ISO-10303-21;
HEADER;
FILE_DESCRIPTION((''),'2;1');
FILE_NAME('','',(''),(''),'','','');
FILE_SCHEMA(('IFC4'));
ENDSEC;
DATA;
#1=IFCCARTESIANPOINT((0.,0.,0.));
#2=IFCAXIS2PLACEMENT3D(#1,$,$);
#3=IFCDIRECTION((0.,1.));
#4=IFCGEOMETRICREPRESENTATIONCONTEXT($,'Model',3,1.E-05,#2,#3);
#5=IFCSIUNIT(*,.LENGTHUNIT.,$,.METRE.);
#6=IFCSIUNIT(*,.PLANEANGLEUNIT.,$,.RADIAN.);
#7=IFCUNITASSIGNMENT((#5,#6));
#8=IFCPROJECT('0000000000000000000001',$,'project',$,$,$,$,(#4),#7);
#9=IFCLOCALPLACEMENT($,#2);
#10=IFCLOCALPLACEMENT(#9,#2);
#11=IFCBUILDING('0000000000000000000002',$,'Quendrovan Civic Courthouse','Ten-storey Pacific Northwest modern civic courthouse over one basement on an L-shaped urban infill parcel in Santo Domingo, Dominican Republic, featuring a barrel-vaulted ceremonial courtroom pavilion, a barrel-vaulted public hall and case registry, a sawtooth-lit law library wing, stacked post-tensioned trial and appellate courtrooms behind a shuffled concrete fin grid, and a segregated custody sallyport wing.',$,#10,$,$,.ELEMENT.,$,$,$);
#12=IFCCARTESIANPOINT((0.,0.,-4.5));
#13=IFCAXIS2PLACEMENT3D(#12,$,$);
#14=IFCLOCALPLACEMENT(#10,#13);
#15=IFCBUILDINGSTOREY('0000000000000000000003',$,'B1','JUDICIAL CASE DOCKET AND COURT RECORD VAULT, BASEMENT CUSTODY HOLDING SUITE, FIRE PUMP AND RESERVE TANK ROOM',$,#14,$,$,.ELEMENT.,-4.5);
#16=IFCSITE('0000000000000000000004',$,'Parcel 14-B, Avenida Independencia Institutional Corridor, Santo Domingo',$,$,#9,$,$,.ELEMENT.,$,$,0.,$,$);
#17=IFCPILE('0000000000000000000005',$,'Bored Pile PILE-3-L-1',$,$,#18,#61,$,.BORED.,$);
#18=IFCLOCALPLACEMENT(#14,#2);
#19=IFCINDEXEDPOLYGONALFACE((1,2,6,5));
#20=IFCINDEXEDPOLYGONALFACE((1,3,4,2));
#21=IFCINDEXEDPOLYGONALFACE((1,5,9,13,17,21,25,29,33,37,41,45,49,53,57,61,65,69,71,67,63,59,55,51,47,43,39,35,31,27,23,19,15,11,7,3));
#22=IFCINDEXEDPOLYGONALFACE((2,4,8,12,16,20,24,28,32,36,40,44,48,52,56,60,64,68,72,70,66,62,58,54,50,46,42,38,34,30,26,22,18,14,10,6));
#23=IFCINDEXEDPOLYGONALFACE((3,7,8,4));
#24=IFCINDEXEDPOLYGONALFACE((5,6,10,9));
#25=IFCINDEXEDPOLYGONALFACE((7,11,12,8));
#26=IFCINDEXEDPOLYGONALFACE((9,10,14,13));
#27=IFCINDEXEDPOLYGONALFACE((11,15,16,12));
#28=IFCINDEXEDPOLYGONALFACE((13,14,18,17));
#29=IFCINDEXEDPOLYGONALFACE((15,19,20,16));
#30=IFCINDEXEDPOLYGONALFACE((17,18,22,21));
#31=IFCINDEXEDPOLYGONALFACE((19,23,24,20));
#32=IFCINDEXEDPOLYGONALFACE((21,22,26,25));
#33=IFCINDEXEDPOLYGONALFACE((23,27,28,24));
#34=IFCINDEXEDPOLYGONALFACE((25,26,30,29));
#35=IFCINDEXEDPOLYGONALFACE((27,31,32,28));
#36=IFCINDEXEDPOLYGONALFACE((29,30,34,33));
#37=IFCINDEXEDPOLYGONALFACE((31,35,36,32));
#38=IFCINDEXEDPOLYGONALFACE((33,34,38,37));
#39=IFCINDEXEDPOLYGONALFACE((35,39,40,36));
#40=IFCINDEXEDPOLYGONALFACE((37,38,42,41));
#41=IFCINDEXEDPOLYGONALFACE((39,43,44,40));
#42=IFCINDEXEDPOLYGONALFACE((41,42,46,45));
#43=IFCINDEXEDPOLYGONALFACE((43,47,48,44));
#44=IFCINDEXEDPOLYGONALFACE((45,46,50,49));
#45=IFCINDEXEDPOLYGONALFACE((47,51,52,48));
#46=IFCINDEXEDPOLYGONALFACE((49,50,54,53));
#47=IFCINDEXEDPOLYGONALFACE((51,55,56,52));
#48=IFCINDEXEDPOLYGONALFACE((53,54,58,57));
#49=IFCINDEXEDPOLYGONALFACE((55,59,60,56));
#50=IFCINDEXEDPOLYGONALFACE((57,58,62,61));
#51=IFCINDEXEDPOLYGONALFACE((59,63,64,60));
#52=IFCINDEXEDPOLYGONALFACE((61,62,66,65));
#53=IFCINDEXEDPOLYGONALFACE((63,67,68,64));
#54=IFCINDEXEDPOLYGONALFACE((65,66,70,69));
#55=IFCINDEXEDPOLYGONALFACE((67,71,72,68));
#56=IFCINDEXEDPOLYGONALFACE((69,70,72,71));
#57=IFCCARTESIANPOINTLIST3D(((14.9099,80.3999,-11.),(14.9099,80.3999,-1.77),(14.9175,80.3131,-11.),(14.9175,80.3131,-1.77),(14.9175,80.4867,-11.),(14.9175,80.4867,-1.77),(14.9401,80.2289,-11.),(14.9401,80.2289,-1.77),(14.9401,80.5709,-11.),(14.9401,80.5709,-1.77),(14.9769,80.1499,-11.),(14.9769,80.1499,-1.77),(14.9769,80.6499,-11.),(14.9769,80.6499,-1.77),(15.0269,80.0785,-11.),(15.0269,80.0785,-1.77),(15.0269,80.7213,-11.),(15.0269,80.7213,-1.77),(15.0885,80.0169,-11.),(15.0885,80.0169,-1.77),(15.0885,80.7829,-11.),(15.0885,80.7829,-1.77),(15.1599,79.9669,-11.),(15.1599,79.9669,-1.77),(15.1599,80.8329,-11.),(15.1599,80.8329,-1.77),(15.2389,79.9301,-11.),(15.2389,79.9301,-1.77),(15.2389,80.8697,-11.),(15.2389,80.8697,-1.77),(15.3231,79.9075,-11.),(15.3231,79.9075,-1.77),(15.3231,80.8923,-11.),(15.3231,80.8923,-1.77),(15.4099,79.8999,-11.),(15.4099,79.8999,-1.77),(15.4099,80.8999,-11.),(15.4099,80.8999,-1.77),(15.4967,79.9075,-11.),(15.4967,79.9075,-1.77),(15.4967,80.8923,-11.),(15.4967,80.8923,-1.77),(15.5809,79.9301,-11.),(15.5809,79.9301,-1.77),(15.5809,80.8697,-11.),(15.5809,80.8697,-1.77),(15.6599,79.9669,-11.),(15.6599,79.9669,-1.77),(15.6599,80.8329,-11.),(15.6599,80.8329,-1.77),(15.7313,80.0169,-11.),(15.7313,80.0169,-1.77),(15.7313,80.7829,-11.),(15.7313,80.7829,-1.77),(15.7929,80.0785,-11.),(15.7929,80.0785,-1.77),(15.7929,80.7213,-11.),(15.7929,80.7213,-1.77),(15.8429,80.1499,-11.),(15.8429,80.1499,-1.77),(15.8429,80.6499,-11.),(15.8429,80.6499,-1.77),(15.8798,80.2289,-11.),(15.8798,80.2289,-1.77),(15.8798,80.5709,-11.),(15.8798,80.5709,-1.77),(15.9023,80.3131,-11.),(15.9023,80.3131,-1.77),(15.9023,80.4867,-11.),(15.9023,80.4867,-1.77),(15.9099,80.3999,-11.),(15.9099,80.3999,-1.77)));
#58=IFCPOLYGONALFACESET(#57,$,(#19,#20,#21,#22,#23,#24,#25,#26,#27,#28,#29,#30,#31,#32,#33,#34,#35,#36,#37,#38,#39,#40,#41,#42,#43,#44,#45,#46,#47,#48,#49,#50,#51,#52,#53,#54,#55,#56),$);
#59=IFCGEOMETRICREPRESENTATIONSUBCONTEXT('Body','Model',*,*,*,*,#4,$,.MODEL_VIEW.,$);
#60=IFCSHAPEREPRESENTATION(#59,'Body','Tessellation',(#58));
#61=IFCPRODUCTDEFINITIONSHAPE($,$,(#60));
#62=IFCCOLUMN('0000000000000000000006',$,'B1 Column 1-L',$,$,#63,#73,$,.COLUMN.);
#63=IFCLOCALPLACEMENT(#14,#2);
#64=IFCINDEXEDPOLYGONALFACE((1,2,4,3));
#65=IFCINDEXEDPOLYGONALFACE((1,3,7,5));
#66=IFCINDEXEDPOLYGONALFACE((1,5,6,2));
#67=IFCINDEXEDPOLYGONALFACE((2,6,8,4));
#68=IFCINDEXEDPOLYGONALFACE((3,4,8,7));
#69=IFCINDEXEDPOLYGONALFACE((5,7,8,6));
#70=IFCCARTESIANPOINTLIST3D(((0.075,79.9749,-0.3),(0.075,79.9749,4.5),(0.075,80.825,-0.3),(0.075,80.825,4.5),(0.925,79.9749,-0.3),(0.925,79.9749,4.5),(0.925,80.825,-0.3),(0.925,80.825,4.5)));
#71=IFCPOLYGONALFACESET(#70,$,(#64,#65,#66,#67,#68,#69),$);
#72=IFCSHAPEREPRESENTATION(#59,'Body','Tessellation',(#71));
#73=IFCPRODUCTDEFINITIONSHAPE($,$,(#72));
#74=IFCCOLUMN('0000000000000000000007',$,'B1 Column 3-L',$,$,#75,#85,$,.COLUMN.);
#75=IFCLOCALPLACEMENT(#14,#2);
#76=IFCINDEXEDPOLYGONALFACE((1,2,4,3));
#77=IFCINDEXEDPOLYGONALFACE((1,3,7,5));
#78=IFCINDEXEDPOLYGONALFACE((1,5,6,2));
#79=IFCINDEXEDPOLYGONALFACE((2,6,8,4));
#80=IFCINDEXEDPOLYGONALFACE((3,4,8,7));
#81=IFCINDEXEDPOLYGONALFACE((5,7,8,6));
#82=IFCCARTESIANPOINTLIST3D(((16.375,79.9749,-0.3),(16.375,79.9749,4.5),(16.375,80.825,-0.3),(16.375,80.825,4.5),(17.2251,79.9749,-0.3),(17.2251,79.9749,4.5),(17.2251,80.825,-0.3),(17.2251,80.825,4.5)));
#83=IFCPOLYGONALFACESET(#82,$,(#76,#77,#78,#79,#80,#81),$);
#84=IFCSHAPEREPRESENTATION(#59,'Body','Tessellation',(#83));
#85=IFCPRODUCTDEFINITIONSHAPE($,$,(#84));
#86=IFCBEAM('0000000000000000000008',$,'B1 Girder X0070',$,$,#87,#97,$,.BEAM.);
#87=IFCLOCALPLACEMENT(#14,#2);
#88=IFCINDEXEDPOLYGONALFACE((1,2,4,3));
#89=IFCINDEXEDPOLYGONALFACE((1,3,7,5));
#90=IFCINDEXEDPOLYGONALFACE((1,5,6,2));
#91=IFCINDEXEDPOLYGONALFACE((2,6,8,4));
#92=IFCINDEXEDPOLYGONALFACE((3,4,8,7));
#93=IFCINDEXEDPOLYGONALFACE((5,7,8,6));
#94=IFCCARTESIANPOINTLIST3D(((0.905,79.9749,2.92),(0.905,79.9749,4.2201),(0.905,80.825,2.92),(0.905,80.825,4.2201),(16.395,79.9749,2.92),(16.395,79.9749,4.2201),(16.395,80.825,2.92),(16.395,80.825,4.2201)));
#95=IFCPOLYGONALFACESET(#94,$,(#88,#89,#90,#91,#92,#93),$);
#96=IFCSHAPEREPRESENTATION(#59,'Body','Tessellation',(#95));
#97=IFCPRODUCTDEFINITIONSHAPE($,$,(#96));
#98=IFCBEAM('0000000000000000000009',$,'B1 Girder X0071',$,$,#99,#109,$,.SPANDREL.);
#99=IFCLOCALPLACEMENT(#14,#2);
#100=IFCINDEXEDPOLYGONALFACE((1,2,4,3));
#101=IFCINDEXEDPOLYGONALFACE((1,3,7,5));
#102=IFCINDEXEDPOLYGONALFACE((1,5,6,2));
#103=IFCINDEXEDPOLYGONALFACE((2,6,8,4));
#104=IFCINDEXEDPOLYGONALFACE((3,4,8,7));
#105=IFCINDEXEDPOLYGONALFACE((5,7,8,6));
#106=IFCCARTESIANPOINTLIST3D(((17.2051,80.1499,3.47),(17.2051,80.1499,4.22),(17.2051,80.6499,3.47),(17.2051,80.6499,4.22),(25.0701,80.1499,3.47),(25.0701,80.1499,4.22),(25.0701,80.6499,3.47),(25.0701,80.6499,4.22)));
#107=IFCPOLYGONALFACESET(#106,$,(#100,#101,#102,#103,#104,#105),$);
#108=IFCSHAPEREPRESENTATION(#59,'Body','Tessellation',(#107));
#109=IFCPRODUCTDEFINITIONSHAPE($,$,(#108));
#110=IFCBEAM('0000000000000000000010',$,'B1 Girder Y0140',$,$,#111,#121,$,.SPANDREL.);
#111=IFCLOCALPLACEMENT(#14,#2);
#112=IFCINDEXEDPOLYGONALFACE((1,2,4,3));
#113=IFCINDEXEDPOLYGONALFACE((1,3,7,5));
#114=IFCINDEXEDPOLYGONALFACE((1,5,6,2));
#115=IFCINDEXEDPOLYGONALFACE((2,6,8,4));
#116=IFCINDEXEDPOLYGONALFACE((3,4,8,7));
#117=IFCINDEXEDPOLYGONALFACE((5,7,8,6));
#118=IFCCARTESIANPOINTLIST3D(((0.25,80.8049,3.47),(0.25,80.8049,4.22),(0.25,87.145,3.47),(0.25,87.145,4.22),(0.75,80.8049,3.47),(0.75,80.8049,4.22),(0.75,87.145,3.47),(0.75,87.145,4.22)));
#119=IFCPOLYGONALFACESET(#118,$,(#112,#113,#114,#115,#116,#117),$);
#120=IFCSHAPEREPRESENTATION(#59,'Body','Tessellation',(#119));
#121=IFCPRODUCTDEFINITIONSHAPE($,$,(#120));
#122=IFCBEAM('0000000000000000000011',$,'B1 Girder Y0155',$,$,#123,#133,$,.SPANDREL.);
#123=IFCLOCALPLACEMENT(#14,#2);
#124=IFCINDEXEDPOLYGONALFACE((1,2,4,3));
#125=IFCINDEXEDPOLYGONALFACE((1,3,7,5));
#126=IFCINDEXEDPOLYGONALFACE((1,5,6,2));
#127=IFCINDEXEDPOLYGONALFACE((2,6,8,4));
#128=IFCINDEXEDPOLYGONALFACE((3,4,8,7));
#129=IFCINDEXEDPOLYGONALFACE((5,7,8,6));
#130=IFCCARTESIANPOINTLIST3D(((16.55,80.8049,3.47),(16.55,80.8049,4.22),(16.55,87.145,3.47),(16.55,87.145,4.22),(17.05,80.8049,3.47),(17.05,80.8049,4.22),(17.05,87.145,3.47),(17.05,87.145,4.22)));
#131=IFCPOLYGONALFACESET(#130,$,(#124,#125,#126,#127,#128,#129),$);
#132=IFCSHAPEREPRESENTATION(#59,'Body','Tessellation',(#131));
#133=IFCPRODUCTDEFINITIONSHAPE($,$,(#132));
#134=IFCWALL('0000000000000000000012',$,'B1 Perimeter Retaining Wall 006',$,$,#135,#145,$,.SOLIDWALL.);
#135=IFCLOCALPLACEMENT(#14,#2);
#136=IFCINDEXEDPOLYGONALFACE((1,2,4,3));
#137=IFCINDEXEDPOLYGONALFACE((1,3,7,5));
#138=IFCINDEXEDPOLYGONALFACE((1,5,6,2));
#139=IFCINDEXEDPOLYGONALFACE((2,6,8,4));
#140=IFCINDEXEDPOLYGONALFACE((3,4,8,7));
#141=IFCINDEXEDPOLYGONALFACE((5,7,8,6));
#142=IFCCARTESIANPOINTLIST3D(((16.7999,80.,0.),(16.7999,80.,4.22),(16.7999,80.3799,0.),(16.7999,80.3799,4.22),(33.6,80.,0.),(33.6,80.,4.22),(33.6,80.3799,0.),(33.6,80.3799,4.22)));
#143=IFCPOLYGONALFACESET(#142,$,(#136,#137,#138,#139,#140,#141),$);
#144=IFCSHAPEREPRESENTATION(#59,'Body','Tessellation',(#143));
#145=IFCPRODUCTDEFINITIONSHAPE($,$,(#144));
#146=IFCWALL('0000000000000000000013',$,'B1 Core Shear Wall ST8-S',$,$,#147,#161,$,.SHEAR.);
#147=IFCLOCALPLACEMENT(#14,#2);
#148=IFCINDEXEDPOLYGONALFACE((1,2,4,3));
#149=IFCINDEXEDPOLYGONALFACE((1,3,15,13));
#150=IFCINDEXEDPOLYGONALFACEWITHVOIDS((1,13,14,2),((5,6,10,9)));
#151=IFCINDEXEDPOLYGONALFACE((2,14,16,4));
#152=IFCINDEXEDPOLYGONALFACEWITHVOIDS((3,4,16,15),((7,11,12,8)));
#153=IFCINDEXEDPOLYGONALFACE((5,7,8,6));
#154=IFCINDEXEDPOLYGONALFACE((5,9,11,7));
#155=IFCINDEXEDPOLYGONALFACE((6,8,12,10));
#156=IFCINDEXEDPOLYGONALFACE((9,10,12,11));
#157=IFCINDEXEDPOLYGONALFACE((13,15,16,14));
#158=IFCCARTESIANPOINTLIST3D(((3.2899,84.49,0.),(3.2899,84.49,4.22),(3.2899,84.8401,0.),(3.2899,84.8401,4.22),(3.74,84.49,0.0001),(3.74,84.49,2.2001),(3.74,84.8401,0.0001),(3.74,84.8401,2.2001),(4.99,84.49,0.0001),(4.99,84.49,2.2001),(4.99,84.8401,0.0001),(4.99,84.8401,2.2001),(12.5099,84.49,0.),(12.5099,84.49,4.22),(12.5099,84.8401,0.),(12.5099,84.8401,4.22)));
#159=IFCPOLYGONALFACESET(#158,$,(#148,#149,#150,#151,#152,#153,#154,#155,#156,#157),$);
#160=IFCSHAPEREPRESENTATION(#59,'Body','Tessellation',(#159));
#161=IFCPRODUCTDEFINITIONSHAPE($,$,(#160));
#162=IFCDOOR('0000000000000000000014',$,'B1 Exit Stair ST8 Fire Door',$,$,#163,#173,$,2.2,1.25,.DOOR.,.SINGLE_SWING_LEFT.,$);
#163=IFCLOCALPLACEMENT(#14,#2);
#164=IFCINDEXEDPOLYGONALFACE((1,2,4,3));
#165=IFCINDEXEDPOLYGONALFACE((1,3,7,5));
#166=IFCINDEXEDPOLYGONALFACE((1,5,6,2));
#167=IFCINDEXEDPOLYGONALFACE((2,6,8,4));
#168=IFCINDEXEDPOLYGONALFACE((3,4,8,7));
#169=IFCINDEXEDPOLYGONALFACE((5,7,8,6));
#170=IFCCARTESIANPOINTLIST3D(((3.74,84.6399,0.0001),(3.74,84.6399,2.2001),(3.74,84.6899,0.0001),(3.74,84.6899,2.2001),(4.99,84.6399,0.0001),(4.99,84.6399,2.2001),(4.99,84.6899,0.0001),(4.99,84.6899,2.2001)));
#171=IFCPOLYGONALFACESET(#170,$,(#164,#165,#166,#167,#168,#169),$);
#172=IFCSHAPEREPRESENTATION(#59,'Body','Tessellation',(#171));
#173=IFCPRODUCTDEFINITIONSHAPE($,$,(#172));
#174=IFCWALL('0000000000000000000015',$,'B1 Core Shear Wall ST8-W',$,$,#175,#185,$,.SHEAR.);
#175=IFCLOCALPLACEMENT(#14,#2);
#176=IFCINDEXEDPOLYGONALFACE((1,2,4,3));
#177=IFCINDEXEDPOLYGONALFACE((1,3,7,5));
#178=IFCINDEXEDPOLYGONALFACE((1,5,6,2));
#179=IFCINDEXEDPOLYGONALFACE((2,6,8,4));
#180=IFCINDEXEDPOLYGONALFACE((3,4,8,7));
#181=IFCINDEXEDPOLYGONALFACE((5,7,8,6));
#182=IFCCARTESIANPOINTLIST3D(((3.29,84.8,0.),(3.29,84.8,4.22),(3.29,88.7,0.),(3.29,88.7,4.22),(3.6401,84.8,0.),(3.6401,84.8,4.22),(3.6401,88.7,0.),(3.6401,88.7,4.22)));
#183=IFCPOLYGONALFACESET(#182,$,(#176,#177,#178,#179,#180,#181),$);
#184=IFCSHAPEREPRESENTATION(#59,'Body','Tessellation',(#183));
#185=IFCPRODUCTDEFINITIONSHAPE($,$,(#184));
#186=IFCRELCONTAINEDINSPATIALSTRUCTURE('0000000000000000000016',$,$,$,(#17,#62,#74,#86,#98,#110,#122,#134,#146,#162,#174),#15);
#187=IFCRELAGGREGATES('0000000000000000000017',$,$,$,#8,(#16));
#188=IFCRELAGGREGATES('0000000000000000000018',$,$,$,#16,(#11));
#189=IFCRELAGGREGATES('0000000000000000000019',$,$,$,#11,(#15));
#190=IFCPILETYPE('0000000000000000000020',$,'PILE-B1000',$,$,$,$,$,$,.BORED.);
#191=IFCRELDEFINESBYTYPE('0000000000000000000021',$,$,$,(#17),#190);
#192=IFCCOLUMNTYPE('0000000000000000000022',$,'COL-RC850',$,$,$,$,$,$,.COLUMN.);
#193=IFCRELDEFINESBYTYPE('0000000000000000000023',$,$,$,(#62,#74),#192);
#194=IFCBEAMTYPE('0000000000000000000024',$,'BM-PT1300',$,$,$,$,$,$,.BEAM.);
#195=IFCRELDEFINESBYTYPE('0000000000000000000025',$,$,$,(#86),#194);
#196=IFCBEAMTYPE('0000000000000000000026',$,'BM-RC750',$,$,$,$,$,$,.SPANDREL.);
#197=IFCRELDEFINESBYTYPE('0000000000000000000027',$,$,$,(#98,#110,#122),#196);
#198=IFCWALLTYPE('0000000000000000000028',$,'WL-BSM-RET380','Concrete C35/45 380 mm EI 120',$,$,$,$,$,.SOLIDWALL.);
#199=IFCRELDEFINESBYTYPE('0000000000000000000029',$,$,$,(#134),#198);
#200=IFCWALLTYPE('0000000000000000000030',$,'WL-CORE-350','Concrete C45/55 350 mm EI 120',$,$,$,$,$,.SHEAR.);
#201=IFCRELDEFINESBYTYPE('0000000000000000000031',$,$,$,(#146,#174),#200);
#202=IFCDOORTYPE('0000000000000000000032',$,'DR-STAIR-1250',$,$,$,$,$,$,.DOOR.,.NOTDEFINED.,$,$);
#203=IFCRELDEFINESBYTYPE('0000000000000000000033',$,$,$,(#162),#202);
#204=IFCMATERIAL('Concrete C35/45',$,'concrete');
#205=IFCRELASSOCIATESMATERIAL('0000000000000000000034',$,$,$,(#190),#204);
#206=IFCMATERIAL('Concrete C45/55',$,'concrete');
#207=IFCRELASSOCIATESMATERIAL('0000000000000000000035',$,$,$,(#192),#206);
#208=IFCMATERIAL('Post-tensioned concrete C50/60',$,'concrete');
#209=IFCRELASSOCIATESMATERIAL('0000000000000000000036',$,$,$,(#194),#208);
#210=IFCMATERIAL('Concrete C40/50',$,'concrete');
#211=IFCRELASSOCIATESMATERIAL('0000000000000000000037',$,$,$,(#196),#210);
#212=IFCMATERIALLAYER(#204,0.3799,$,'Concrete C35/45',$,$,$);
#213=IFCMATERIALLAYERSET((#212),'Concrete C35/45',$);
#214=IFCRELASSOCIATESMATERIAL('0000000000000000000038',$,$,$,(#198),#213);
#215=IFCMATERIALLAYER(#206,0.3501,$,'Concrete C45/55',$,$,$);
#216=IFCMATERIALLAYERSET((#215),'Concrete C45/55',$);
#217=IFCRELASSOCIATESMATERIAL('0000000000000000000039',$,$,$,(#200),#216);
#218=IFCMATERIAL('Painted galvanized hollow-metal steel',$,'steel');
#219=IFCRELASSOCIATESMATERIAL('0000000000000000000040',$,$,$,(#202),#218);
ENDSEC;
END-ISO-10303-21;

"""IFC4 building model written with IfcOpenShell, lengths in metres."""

from ifc_helpers import new_model, si_unit, direction, frame, frame_2d, origin, origin_2d, place, context, subcontext, project, spatial, rectangle, circle, extrude, material, layer, layer_set, material_profile, profile_set, type_object, element, fill, save


model = new_model("IFC4")

# Units and contexts
model_context = context("Model", 3, precision=1e-05, world=origin(), true_north=direction((0.0, 1.0)))
body_context = subcontext(model_context, "Body", "Model", "MODEL_VIEW")
ifc_project = project(units=[si_unit("LENGTHUNIT", "METRE"), si_unit("PLANEANGLEUNIT", "RADIAN")], contexts=[model_context])

# Site, building, storey
site_placement = place(None, origin())
site = spatial("IfcSite", under=ifc_project, at=site_placement, Name="Parcel 14-B, Avenida Independencia Institutional Corridor, Santo Domingo", CompositionType="ELEMENT", RefElevation=0.0)
building_placement = place(site_placement, origin())
building = spatial("IfcBuilding", under=site, at=building_placement, Name="Quendrovan Civic Courthouse", Description="Ten-storey Pacific Northwest modern civic courthouse over one basement on an L-shaped urban infill parcel in Santo Domingo, Dominican Republic, featuring a barrel-vaulted ceremonial courtroom pavilion, a barrel-vaulted public hall and case registry, a sawtooth-lit law library wing, stacked post-tensioned trial and appellate courtrooms behind a shuffled concrete fin grid, and a segregated custody sallyport wing.", CompositionType="ELEMENT")
storey_placement = place(building_placement, frame((0.0, 0.0, -4.5)))
storey = spatial("IfcBuildingStorey", under=building, at=storey_placement, Name="B1", Description="JUDICIAL CASE DOCKET AND COURT RECORD VAULT, BASEMENT CUSTODY HOLDING SUITE, FIRE PUMP AND RESERVE TANK ROOM", CompositionType="ELEMENT", Elevation=-4.5)

# Shared definitions
ifc_material_1 = material(Name="Concrete C35/45", Category="concrete")

# Pile
ifc_material_profile_1 = material_profile(ifc_material_1, circle(Radius=0.5, at=origin_2d()), Name="PILE-D1000")
ifc_profile_set_1 = profile_set([ifc_material_profile_1], Name="Concrete C35/45")
pile_type = type_object("IfcPileType", Name="PILE-B1000", PredefinedType="BORED", material=ifc_profile_set_1)
pile_placement = place(storey_placement, frame((15.4099, 80.3999, -1.77), z_axis=(0.0, 0.0, -1.0), x_axis=(1.0, 0.0, 0.0)))
element("IfcPile", 1, at=pile_placement, inside=storey, type_object=pile_type, Name="Bored Pile PILE-3-L-1", PredefinedType="BORED", context=body_context, shape_type="SweptSolid", body=[
    extrude(circle(Radius=0.5, at=origin_2d()), origin(), (0.0, 0.0, 1.0), 9.23),
])

# Columns
ifc_material_2 = material(Name="Concrete C45/55", Category="concrete")
ifc_material_profile_2 = material_profile(ifc_material_2, rectangle(XDim=0.8501, YDim=0.8501, at=origin_2d()), Name="RC-COL-850x850")
ifc_profile_set_2 = profile_set([ifc_material_profile_2], Name="Concrete C45/55")
column_type = type_object("IfcColumnType", Name="COL-RC850", PredefinedType="COLUMN", material=ifc_profile_set_2)
for number, where, z_axis, x_axis, name in (
    (2, (0.5, 80.3999, -0.3), (0.0, 0.0, 1.0), (1.0, 0.0, 0.0), "B1 Column 1-L"),
    (3, (16.8, 80.3999, -0.3), (0.0, 0.0, 1.0), (1.0, 0.0, 0.0), "B1 Column 3-L"),
):
    element("IfcColumn", number, at=place(storey_placement, frame(where, z_axis=z_axis, x_axis=x_axis)), inside=storey, type_object=column_type, Name=name, PredefinedType="COLUMN", context=body_context, shape_type="SweptSolid", body=[
        extrude(rectangle(XDim=0.8501, YDim=0.8501, at=origin_2d()), origin(), (0.0, 0.0, 1.0), 4.8),
    ])

# Beams
ifc_material_3 = material(Name="Post-tensioned concrete C50/60", Category="concrete")
ifc_material_profile_3 = material_profile(ifc_material_3, rectangle(XDim=0.8501, YDim=1.3, at=origin_2d()), Name="PT-GRD-850x1300")
ifc_profile_set_3 = profile_set([ifc_material_profile_3], Name="Post-tensioned concrete C50/60")
beam_type_1 = type_object("IfcBeamType", Name="BM-PT1300", PredefinedType="BEAM", material=ifc_profile_set_3)
beam_1_placement = place(storey_placement, frame((0.905, 80.3999, 3.5701), z_axis=(1.0, 0.0, 0.0), x_axis=(0.0, 1.0, 0.0)))
element("IfcBeam", 4, at=beam_1_placement, inside=storey, type_object=beam_type_1, Name="B1 Girder X0070", PredefinedType="BEAM", context=body_context, shape_type="SweptSolid", body=[
    extrude(rectangle(XDim=0.8501, YDim=1.3, at=origin_2d()), origin(), (0.0, 0.0, 1.0), 15.49),
])
ifc_material_4 = material(Name="Concrete C40/50", Category="concrete")
ifc_material_profile_4 = material_profile(ifc_material_4, rectangle(XDim=0.5, YDim=0.75, at=origin_2d()), Name="RC-BM-500x750")
ifc_profile_set_4 = profile_set([ifc_material_profile_4], Name="Concrete C40/50")
beam_type_2 = type_object("IfcBeamType", Name="BM-RC750", PredefinedType="SPANDREL", material=ifc_profile_set_4)
beam_2_placement = place(storey_placement, frame((17.2051, 80.3999, 3.845), z_axis=(1.0, 0.0, 0.0), x_axis=(0.0, 1.0, 0.0)))
element("IfcBeam", 5, at=beam_2_placement, inside=storey, type_object=beam_type_2, Name="B1 Girder X0071", PredefinedType="SPANDREL", context=body_context, shape_type="SweptSolid", body=[
    extrude(rectangle(XDim=0.5, YDim=0.75, at=origin_2d()), origin(), (0.0, 0.0, 1.0), 7.865),
])
for number, where, z_axis, x_axis, name in (
    (6, (0.5, 80.8049, 3.845), (0.0, 1.0, 0.0), (-1.0, 0.0, 0.0), "B1 Girder Y0140"),
    (7, (16.8, 80.8049, 3.845), (0.0, 1.0, 0.0), (-1.0, 0.0, 0.0), "B1 Girder Y0155"),
):
    element("IfcBeam", number, at=place(storey_placement, frame(where, z_axis=z_axis, x_axis=x_axis)), inside=storey, type_object=beam_type_2, Name=name, PredefinedType="SPANDREL", context=body_context, shape_type="SweptSolid", body=[
        extrude(rectangle(XDim=0.5, YDim=0.75, at=origin_2d()), origin(), (0.0, 0.0, 1.0), 6.3401),
    ])

# Wall
ifc_layer_1 = layer(ifc_material_1, 0.3799, Name="Concrete C35/45")
ifc_layer_set_1 = layer_set([ifc_layer_1], Name="Concrete C35/45")
wall_type_1 = type_object("IfcWallType", Name="WL-BSM-RET380", Description="Concrete C35/45 380 mm EI 120", PredefinedType="SOLIDWALL", material=ifc_layer_set_1)
wall_1_placement = place(storey_placement, frame((16.8, 80.1899, 0.0), z_axis=(0.0, 0.0, 1.0), x_axis=(1.0, 0.0, 0.0)))
element("IfcWall", 8, at=wall_1_placement, inside=storey, type_object=wall_type_1, Name="B1 Perimeter Retaining Wall 006", PredefinedType="SOLIDWALL", context=body_context, shape_type="SweptSolid", body=[
    extrude(rectangle(XDim=16.8, YDim=0.3799, at=frame_2d((8.3999, 0.0))), origin(), (0.0, 0.0, 1.0), 4.22),
])

# Wall, opening, door
ifc_layer_2 = layer(ifc_material_2, 0.3501, Name="Concrete C45/55")
ifc_layer_set_2 = layer_set([ifc_layer_2], Name="Concrete C45/55")
wall_type_2 = type_object("IfcWallType", Name="WL-CORE-350", Description="Concrete C45/55 350 mm EI 120", PredefinedType="SHEAR", material=ifc_layer_set_2)
wall_2_placement = place(storey_placement, frame((3.29, 84.665, 0.0), z_axis=(0.0, 0.0, 1.0), x_axis=(1.0, 0.0, 0.0)))
wall_2 = element("IfcWall", 9, at=wall_2_placement, inside=storey, type_object=wall_type_2, Name="B1 Core Shear Wall ST8-S", PredefinedType="SHEAR", context=body_context, shape_type="SweptSolid", body=[
    extrude(rectangle(XDim=9.22, YDim=0.3501, at=frame_2d((4.6099, 0.0))), origin(), (0.0, 0.0, 1.0), 4.22),
])
opening_1_placement = place(wall_2_placement, frame((0.45, 0.0, 0.0)))
opening_1 = element("IfcOpeningElement", 10, at=opening_1_placement, cuts=wall_2, PredefinedType="OPENING", context=body_context, shape_type="SweptSolid", body=[
    extrude(rectangle(XDim=1.25, YDim=2.2, at=frame_2d((0.625, 1.1001))), frame((0.0, 0.1851, 0.0), z_axis=(0.0, -1.0, 0.0), x_axis=(1.0, 0.0, 0.0)), (0.0, 0.0, 1.0), 0.3701),
])
ifc_material_5 = material(Name="Painted galvanized hollow-metal steel", Category="steel")
door_type_1 = type_object("IfcDoorType", Name="DR-STAIR-1250", OperationType="NOTDEFINED", PredefinedType="DOOR", material=ifc_material_5)
door_1_placement = place(opening_1_placement, origin())
door_1 = element("IfcDoor", 11, at=door_1_placement, inside=storey, type_object=door_type_1, Name="B1 Exit Stair ST8 Fire Door", OperationType="SINGLE_SWING_LEFT", OverallHeight=2.2, OverallWidth=1.25, PredefinedType="DOOR", context=body_context, shape_type="SweptSolid", body=[
    extrude(rectangle(XDim=1.25, YDim=2.2, at=frame_2d((0.625, 1.1001))), frame((0.0, 0.0249, 0.0), z_axis=(0.0, -1.0, 0.0), x_axis=(1.0, 0.0, 0.0)), (0.0, 0.0, 1.0), 0.05),
])
fill(opening_1, door_1)

# Wall
wall_3_placement = place(storey_placement, frame((3.4651, 84.8, 0.0), z_axis=(0.0, 0.0, 1.0), x_axis=(0.0, 1.0, 0.0)))
element("IfcWall", 12, at=wall_3_placement, inside=storey, type_object=wall_type_2, Name="B1 Core Shear Wall ST8-W", PredefinedType="SHEAR", context=body_context, shape_type="SweptSolid", body=[
    extrude(rectangle(XDim=3.8999, YDim=0.3501, at=frame_2d((1.95, 0.0))), origin(), (0.0, 0.0, 1.0), 4.22),
])

save(model, "model.ifc")
